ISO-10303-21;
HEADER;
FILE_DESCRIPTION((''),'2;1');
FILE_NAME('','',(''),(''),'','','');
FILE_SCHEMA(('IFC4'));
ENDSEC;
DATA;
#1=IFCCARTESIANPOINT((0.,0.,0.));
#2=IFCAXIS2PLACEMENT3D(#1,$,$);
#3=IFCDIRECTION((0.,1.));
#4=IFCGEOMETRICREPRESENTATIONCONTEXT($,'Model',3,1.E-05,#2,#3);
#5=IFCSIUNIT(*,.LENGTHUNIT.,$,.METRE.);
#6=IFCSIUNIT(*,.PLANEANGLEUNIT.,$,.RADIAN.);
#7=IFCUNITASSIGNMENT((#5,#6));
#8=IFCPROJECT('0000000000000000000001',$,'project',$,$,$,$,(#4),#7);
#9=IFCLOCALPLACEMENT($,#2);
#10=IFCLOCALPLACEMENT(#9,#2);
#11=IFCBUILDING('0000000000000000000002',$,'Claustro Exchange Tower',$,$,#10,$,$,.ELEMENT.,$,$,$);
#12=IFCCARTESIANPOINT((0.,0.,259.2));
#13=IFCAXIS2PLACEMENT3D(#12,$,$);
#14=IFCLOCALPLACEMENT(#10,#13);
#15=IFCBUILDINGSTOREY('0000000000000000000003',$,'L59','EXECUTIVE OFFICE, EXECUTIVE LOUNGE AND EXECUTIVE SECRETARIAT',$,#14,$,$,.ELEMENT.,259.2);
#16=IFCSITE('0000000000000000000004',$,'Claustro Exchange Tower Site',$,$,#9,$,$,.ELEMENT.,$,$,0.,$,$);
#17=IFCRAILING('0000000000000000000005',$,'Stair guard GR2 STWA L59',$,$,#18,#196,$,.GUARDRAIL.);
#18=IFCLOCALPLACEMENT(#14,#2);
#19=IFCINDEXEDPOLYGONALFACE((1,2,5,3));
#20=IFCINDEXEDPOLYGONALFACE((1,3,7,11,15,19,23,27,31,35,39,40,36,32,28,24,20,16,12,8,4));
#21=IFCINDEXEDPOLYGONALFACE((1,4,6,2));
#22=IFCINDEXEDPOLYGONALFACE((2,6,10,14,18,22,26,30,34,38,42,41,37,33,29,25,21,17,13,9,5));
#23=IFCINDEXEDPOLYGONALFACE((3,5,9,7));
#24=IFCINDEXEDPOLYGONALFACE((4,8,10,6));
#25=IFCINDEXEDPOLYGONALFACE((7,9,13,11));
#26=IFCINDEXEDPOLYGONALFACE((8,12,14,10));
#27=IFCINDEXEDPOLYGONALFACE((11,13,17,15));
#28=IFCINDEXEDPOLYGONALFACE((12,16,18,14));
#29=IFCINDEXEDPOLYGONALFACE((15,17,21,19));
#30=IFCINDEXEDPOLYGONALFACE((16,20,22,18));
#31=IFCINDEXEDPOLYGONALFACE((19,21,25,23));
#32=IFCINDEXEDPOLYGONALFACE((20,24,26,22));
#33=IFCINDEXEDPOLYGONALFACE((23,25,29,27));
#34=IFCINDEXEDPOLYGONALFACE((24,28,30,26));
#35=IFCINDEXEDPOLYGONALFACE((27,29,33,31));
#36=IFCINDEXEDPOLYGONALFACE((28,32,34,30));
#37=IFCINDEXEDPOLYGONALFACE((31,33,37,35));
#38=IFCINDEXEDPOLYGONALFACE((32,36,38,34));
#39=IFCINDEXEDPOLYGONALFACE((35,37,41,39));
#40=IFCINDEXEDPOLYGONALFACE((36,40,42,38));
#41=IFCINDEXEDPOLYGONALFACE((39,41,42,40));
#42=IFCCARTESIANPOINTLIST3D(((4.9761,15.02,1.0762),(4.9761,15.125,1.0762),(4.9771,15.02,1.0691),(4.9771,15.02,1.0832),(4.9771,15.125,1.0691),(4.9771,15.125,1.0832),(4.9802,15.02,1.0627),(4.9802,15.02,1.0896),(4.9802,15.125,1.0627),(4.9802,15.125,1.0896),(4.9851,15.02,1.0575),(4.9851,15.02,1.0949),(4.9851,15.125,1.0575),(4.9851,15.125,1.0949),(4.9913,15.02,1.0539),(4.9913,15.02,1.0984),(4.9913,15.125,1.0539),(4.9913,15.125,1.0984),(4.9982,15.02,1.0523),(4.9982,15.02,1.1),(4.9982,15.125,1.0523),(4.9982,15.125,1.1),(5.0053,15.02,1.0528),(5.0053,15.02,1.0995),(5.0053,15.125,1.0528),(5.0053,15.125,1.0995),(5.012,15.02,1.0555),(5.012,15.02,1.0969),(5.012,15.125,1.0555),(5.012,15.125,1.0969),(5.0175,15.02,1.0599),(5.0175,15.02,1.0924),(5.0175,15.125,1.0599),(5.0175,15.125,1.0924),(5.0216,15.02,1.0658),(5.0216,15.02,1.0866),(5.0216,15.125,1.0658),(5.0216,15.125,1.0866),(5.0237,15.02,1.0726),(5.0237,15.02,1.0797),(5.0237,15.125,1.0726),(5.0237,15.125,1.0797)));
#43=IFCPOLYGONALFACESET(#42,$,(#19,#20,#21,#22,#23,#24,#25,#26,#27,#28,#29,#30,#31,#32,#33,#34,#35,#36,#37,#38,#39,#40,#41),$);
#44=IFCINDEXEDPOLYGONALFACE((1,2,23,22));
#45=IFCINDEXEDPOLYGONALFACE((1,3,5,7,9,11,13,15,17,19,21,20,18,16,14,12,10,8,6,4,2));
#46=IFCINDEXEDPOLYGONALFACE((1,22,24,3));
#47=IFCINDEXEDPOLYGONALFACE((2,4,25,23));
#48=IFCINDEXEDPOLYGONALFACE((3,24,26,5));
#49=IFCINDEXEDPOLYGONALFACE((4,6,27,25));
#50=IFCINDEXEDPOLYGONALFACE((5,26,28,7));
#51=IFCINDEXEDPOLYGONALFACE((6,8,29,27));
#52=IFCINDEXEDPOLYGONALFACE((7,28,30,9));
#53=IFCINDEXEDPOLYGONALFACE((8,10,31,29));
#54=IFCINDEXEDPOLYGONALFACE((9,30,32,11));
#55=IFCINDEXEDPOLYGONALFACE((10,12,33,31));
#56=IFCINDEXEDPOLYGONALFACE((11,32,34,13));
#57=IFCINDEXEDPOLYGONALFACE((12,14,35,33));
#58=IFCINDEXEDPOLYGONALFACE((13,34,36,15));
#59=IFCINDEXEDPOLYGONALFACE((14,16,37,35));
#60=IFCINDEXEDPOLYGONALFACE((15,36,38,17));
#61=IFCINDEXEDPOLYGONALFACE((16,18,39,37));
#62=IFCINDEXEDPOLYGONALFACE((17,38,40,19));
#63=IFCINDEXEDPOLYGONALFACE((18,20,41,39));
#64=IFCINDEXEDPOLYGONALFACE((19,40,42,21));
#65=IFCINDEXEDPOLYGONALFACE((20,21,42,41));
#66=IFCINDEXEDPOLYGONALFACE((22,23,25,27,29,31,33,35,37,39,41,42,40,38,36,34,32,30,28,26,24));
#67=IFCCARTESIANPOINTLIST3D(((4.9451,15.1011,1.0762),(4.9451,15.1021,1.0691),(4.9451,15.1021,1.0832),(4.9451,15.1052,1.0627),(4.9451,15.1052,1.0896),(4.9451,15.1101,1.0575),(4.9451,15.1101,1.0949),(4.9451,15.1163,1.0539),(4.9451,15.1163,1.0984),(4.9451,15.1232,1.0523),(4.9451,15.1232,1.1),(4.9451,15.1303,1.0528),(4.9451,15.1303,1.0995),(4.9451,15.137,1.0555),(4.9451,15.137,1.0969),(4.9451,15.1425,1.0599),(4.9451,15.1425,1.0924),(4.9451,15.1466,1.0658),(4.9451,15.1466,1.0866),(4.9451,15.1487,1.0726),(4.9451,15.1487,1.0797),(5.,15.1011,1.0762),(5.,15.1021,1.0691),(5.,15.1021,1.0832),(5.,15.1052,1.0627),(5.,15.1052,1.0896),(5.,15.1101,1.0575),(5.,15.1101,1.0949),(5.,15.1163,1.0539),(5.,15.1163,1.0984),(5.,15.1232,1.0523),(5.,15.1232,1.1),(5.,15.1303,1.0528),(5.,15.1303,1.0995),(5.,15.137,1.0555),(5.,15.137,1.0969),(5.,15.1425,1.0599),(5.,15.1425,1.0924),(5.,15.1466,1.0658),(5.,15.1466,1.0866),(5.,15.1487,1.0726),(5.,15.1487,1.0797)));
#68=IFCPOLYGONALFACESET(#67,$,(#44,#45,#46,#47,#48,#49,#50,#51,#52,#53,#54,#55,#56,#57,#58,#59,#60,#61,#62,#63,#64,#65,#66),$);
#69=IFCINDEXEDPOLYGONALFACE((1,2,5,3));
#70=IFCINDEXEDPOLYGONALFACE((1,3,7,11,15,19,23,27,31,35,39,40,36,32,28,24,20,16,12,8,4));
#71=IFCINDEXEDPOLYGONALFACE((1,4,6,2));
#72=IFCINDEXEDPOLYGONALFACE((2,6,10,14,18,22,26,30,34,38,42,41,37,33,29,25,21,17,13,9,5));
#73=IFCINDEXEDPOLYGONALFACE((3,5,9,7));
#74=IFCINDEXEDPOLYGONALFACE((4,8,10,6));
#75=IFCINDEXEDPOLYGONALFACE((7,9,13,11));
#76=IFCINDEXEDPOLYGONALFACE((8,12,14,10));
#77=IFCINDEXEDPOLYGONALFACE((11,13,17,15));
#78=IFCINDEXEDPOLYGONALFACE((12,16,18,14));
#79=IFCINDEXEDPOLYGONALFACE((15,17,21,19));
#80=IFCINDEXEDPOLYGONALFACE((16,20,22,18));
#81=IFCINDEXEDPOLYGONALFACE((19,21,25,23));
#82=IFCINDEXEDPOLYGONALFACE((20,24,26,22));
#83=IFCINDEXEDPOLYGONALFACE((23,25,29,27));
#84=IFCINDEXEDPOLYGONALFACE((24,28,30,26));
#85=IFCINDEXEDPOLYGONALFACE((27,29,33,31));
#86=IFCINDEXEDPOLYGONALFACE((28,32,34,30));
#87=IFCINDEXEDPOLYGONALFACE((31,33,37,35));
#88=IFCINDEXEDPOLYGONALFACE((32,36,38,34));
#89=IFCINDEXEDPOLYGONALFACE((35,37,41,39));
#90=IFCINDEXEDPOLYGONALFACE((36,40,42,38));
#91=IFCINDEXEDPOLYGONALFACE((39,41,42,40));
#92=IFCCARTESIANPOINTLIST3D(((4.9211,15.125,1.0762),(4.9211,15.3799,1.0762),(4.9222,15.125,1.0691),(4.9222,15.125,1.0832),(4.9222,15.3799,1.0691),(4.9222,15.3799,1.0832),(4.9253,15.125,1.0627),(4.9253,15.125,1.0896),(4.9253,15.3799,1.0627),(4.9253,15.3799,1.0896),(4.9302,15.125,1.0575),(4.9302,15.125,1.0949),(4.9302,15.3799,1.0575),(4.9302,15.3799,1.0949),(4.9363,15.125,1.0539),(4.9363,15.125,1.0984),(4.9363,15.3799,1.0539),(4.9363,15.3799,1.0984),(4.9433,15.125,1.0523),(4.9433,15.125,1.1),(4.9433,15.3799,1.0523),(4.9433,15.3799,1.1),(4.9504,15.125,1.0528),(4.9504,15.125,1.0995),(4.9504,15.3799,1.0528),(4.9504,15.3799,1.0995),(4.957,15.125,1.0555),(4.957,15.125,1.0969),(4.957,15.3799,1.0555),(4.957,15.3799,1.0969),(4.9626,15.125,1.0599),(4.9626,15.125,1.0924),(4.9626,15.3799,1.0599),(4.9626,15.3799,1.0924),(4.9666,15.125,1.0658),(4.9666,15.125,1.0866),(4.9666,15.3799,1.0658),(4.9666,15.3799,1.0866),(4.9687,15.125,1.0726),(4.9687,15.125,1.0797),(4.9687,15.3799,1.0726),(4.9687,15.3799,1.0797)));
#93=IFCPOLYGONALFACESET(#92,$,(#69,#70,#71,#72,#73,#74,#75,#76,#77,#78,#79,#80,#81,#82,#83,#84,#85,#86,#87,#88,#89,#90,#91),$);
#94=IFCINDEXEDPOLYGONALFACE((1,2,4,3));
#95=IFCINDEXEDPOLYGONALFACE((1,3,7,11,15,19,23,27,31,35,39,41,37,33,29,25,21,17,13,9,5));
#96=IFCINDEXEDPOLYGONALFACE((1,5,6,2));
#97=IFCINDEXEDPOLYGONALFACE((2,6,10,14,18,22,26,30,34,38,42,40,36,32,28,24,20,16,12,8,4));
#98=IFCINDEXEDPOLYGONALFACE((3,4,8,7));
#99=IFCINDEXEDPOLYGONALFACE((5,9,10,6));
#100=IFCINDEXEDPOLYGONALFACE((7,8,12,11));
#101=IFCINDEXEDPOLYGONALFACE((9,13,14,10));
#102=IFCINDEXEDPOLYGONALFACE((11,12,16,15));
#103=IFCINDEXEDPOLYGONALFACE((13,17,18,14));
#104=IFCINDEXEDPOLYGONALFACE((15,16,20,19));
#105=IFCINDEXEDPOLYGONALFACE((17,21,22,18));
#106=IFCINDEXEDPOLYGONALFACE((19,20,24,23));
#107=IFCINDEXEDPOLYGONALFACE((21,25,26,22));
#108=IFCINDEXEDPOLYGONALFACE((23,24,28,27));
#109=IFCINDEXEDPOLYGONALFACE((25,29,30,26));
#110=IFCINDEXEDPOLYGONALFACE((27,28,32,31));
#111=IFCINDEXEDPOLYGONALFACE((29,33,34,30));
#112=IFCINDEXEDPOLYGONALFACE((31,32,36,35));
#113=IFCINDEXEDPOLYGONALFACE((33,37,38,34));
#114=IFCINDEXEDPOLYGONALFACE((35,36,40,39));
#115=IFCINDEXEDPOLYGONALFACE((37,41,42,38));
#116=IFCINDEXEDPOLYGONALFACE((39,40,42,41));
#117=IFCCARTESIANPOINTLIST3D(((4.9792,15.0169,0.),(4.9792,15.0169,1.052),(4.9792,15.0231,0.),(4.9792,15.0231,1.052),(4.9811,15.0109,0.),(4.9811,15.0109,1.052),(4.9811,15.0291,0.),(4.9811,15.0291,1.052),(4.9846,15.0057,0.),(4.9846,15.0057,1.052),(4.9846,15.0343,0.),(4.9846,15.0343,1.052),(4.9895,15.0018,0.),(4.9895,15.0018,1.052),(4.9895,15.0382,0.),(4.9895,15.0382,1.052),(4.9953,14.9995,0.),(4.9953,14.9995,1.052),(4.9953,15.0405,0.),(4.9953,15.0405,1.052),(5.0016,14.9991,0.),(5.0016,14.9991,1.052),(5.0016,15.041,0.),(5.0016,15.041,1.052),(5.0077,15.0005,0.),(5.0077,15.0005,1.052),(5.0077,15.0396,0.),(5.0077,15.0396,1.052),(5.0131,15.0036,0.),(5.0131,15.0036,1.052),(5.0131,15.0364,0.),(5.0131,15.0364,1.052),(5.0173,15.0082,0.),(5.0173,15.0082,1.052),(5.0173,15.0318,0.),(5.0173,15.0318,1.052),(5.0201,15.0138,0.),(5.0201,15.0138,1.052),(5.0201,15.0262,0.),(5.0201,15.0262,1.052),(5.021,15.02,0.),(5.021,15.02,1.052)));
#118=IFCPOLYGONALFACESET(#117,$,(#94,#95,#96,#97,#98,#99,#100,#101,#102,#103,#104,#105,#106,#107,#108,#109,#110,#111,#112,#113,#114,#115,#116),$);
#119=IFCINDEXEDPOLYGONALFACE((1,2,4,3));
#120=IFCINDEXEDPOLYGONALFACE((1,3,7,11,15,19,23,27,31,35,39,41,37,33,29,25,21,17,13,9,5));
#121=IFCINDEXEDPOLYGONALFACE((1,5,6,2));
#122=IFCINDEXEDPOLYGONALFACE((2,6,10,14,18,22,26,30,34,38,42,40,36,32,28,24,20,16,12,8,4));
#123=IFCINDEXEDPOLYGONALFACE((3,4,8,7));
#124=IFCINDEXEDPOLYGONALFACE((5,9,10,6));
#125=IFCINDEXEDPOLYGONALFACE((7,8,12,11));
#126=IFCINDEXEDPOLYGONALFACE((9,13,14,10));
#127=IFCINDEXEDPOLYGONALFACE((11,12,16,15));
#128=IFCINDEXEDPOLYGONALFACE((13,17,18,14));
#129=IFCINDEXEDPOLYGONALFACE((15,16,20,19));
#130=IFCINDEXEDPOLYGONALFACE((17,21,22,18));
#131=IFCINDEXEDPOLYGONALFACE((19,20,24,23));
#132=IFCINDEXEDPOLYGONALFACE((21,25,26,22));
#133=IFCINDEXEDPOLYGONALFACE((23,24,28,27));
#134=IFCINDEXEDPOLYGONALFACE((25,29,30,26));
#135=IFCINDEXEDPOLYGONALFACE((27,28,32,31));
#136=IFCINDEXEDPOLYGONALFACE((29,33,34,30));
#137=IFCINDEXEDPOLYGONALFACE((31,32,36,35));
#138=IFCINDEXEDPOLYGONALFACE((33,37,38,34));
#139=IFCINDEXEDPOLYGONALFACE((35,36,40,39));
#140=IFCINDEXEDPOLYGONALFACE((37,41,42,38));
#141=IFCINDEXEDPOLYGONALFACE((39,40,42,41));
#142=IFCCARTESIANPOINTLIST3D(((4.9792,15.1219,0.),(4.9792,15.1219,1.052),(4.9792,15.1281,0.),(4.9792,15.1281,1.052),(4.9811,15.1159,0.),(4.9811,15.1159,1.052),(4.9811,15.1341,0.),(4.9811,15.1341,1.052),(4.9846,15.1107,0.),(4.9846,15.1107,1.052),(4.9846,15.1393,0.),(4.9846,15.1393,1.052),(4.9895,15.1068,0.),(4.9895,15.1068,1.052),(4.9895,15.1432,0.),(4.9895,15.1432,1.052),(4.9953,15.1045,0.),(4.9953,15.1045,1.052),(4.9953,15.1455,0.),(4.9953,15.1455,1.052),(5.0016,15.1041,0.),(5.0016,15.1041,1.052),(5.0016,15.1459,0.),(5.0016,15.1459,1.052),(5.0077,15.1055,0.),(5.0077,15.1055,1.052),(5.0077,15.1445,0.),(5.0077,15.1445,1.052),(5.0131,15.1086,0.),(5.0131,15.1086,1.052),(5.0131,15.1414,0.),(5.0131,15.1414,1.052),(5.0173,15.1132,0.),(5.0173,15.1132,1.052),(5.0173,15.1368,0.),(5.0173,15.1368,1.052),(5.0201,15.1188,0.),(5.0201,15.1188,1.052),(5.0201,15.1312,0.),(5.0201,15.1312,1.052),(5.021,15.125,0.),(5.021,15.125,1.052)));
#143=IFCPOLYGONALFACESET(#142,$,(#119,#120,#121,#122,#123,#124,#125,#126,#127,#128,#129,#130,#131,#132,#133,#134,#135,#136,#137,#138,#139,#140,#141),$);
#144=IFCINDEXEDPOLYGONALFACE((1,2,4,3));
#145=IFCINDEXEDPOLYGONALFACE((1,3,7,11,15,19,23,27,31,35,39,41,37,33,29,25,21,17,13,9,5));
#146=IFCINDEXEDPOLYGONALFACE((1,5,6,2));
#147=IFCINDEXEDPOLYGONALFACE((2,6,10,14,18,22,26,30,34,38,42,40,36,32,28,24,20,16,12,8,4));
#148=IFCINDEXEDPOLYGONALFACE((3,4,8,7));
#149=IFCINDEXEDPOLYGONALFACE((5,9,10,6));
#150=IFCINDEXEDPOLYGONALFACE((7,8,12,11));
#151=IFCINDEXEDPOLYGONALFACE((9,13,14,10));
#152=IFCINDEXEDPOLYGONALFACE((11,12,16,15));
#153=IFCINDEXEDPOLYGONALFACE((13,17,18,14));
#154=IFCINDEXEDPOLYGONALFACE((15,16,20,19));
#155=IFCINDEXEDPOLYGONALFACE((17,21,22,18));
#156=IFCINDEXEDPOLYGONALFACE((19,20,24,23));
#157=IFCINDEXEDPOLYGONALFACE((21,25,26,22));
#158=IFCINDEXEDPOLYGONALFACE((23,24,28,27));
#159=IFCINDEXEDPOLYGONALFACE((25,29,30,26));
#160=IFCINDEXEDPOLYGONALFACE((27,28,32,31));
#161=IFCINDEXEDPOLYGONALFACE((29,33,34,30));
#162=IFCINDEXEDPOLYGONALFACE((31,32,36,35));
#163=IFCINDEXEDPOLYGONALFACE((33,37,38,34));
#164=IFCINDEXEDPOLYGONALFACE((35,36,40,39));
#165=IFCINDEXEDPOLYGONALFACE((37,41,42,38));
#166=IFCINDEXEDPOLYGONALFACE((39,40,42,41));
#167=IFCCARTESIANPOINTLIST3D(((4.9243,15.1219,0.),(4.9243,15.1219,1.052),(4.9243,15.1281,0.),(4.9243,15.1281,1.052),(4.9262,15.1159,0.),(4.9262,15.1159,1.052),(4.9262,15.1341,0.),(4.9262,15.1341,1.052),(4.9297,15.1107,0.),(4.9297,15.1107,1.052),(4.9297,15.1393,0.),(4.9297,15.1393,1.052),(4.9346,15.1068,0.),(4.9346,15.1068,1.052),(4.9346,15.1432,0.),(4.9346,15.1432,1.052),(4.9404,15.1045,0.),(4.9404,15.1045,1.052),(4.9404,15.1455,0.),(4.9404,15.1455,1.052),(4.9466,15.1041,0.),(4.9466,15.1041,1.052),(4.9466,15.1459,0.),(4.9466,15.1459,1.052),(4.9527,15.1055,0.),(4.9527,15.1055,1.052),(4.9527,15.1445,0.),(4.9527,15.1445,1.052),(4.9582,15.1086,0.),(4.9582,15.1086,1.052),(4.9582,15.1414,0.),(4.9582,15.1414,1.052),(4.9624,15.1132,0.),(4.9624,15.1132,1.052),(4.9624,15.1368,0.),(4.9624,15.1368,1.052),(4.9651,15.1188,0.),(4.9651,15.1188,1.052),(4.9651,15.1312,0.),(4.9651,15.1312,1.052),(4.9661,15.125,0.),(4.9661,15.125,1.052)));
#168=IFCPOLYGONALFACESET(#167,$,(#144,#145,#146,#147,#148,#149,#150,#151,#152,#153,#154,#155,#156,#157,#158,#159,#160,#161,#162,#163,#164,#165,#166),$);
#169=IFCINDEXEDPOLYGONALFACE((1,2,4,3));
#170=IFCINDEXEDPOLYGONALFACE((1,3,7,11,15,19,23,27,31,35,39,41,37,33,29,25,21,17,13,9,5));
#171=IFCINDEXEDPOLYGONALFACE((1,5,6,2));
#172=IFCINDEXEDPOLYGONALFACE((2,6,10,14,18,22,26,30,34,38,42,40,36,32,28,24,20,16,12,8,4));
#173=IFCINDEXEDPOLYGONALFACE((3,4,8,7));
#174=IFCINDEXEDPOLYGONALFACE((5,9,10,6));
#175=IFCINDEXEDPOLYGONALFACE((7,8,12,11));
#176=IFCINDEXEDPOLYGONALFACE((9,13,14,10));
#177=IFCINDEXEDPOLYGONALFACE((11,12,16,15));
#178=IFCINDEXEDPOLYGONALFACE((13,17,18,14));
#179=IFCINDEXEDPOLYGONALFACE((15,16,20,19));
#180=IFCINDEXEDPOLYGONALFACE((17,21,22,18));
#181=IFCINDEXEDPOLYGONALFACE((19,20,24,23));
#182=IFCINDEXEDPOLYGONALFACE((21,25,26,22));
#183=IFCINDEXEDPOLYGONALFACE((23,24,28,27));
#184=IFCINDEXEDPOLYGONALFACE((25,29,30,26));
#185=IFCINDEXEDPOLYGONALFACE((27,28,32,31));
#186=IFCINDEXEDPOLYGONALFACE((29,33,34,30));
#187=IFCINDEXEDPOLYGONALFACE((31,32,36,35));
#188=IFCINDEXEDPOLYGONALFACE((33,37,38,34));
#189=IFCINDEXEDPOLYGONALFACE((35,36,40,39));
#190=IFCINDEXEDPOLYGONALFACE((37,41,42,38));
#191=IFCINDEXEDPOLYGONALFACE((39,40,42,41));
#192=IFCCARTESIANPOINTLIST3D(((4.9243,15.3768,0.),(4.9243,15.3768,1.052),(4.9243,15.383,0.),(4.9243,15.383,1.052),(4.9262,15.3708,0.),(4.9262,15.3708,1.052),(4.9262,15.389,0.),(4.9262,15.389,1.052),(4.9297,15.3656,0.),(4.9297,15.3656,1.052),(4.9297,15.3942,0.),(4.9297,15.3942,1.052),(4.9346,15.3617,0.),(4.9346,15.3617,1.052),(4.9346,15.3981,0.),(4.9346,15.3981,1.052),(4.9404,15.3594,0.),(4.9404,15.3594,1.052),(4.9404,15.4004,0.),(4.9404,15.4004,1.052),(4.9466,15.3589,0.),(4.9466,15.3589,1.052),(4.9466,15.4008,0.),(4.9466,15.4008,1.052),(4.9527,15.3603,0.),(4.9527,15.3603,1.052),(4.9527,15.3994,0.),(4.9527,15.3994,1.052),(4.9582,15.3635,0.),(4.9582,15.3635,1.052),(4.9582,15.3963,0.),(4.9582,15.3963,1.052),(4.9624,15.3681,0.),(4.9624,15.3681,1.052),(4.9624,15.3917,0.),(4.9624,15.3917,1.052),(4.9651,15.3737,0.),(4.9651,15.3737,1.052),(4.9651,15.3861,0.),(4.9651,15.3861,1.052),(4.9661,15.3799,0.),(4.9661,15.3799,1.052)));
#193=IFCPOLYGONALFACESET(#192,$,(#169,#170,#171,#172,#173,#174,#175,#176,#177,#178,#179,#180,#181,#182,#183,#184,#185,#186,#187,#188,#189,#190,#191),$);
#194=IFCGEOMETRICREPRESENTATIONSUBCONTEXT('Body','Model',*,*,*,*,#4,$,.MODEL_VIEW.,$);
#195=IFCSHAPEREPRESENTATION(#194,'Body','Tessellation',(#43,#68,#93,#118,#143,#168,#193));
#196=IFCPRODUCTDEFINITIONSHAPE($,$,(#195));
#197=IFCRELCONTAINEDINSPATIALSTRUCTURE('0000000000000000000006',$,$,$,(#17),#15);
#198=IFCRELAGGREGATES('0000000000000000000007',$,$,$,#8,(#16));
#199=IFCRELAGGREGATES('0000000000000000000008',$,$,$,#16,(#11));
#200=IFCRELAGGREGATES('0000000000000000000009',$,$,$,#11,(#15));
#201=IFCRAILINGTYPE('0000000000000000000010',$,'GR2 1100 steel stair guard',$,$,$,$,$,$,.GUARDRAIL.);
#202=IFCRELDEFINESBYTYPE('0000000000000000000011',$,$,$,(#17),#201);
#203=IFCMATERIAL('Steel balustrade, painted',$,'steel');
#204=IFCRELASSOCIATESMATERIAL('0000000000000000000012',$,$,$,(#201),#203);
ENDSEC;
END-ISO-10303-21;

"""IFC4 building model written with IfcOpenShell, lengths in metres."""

from ifc_helpers import new_model, si_unit, direction, frame, origin, origin_2d, place, context, subcontext, project, spatial, circle, extrude, material, type_object, element, save


model = new_model("IFC4")

# Units and contexts
model_context = context("Model", 3, precision=1e-05, world=origin(), true_north=direction((0.0, 1.0)))
body_context = subcontext(model_context, "Body", "Model", "MODEL_VIEW")
ifc_project = project(units=[si_unit("LENGTHUNIT", "METRE"), si_unit("PLANEANGLEUNIT", "RADIAN")], contexts=[model_context])

# Site, building, storey
site_placement = place(None, origin())
site = spatial("IfcSite", under=ifc_project, at=site_placement, Name="Claustro Exchange Tower Site", CompositionType="ELEMENT", RefElevation=0.0)
building_placement = place(site_placement, origin())
building = spatial("IfcBuilding", under=site, at=building_placement, Name="Claustro Exchange Tower", CompositionType="ELEMENT")
storey_placement = place(building_placement, frame((0.0, 0.0, 259.2)))
storey = spatial("IfcBuildingStorey", under=building, at=storey_placement, Name="L59", Description="EXECUTIVE OFFICE, EXECUTIVE LOUNGE AND EXECUTIVE SECRETARIAT", CompositionType="ELEMENT", Elevation=259.2)

# Railing
ifc_material_1 = material(Name="Steel balustrade, painted", Category="steel")
railing_type_1 = type_object("IfcRailingType", Name="GR2 1100 steel stair guard", PredefinedType="GUARDRAIL", material=ifc_material_1)
railing_1_placement = place(storey_placement, frame((5.0, 15.02, 0.0)))
element("IfcRailing", 1, at=railing_1_placement, inside=storey, type_object=railing_type_1, Name="Stair guard GR2 STWA L59", PredefinedType="GUARDRAIL", context=body_context, shape_type="SweptSolid", body=[
    extrude(circle(Radius=0.0239, at=origin_2d()), frame((0.0, 0.0, 1.0762), z_axis=(0.0, 1.0, 0.0), x_axis=(-1.0, 0.0, 0.0)), (0.0, 0.0, 1.0), 0.105),
    extrude(circle(Radius=0.0239, at=origin_2d()), frame((0.0, 0.105, 1.0762), z_axis=(-1.0, 0.0, 0.0), x_axis=(0.0, -1.0, 0.0)), (0.0, 0.0, 1.0), 0.0549),
    extrude(circle(Radius=0.0239, at=origin_2d()), frame((-0.0549, 0.105, 1.0762), z_axis=(0.0, 1.0, 0.0), x_axis=(-1.0, 0.0, 0.0)), (0.0, 0.0, 1.0), 0.2549),
    extrude(circle(Radius=0.021, at=origin_2d()), origin(), (0.0, 0.0, 1.0), 1.052),
    extrude(circle(Radius=0.021, at=origin_2d()), frame((0.0, 0.105, 0.0)), (0.0, 0.0, 1.0), 1.052),
    extrude(circle(Radius=0.021, at=origin_2d()), frame((-0.0549, 0.105, 0.0)), (0.0, 0.0, 1.0), 1.052),
    extrude(circle(Radius=0.021, at=origin_2d()), frame((-0.0549, 0.3599, 0.0)), (0.0, 0.0, 1.0), 1.052),
])

save(model, "model.ifc")
